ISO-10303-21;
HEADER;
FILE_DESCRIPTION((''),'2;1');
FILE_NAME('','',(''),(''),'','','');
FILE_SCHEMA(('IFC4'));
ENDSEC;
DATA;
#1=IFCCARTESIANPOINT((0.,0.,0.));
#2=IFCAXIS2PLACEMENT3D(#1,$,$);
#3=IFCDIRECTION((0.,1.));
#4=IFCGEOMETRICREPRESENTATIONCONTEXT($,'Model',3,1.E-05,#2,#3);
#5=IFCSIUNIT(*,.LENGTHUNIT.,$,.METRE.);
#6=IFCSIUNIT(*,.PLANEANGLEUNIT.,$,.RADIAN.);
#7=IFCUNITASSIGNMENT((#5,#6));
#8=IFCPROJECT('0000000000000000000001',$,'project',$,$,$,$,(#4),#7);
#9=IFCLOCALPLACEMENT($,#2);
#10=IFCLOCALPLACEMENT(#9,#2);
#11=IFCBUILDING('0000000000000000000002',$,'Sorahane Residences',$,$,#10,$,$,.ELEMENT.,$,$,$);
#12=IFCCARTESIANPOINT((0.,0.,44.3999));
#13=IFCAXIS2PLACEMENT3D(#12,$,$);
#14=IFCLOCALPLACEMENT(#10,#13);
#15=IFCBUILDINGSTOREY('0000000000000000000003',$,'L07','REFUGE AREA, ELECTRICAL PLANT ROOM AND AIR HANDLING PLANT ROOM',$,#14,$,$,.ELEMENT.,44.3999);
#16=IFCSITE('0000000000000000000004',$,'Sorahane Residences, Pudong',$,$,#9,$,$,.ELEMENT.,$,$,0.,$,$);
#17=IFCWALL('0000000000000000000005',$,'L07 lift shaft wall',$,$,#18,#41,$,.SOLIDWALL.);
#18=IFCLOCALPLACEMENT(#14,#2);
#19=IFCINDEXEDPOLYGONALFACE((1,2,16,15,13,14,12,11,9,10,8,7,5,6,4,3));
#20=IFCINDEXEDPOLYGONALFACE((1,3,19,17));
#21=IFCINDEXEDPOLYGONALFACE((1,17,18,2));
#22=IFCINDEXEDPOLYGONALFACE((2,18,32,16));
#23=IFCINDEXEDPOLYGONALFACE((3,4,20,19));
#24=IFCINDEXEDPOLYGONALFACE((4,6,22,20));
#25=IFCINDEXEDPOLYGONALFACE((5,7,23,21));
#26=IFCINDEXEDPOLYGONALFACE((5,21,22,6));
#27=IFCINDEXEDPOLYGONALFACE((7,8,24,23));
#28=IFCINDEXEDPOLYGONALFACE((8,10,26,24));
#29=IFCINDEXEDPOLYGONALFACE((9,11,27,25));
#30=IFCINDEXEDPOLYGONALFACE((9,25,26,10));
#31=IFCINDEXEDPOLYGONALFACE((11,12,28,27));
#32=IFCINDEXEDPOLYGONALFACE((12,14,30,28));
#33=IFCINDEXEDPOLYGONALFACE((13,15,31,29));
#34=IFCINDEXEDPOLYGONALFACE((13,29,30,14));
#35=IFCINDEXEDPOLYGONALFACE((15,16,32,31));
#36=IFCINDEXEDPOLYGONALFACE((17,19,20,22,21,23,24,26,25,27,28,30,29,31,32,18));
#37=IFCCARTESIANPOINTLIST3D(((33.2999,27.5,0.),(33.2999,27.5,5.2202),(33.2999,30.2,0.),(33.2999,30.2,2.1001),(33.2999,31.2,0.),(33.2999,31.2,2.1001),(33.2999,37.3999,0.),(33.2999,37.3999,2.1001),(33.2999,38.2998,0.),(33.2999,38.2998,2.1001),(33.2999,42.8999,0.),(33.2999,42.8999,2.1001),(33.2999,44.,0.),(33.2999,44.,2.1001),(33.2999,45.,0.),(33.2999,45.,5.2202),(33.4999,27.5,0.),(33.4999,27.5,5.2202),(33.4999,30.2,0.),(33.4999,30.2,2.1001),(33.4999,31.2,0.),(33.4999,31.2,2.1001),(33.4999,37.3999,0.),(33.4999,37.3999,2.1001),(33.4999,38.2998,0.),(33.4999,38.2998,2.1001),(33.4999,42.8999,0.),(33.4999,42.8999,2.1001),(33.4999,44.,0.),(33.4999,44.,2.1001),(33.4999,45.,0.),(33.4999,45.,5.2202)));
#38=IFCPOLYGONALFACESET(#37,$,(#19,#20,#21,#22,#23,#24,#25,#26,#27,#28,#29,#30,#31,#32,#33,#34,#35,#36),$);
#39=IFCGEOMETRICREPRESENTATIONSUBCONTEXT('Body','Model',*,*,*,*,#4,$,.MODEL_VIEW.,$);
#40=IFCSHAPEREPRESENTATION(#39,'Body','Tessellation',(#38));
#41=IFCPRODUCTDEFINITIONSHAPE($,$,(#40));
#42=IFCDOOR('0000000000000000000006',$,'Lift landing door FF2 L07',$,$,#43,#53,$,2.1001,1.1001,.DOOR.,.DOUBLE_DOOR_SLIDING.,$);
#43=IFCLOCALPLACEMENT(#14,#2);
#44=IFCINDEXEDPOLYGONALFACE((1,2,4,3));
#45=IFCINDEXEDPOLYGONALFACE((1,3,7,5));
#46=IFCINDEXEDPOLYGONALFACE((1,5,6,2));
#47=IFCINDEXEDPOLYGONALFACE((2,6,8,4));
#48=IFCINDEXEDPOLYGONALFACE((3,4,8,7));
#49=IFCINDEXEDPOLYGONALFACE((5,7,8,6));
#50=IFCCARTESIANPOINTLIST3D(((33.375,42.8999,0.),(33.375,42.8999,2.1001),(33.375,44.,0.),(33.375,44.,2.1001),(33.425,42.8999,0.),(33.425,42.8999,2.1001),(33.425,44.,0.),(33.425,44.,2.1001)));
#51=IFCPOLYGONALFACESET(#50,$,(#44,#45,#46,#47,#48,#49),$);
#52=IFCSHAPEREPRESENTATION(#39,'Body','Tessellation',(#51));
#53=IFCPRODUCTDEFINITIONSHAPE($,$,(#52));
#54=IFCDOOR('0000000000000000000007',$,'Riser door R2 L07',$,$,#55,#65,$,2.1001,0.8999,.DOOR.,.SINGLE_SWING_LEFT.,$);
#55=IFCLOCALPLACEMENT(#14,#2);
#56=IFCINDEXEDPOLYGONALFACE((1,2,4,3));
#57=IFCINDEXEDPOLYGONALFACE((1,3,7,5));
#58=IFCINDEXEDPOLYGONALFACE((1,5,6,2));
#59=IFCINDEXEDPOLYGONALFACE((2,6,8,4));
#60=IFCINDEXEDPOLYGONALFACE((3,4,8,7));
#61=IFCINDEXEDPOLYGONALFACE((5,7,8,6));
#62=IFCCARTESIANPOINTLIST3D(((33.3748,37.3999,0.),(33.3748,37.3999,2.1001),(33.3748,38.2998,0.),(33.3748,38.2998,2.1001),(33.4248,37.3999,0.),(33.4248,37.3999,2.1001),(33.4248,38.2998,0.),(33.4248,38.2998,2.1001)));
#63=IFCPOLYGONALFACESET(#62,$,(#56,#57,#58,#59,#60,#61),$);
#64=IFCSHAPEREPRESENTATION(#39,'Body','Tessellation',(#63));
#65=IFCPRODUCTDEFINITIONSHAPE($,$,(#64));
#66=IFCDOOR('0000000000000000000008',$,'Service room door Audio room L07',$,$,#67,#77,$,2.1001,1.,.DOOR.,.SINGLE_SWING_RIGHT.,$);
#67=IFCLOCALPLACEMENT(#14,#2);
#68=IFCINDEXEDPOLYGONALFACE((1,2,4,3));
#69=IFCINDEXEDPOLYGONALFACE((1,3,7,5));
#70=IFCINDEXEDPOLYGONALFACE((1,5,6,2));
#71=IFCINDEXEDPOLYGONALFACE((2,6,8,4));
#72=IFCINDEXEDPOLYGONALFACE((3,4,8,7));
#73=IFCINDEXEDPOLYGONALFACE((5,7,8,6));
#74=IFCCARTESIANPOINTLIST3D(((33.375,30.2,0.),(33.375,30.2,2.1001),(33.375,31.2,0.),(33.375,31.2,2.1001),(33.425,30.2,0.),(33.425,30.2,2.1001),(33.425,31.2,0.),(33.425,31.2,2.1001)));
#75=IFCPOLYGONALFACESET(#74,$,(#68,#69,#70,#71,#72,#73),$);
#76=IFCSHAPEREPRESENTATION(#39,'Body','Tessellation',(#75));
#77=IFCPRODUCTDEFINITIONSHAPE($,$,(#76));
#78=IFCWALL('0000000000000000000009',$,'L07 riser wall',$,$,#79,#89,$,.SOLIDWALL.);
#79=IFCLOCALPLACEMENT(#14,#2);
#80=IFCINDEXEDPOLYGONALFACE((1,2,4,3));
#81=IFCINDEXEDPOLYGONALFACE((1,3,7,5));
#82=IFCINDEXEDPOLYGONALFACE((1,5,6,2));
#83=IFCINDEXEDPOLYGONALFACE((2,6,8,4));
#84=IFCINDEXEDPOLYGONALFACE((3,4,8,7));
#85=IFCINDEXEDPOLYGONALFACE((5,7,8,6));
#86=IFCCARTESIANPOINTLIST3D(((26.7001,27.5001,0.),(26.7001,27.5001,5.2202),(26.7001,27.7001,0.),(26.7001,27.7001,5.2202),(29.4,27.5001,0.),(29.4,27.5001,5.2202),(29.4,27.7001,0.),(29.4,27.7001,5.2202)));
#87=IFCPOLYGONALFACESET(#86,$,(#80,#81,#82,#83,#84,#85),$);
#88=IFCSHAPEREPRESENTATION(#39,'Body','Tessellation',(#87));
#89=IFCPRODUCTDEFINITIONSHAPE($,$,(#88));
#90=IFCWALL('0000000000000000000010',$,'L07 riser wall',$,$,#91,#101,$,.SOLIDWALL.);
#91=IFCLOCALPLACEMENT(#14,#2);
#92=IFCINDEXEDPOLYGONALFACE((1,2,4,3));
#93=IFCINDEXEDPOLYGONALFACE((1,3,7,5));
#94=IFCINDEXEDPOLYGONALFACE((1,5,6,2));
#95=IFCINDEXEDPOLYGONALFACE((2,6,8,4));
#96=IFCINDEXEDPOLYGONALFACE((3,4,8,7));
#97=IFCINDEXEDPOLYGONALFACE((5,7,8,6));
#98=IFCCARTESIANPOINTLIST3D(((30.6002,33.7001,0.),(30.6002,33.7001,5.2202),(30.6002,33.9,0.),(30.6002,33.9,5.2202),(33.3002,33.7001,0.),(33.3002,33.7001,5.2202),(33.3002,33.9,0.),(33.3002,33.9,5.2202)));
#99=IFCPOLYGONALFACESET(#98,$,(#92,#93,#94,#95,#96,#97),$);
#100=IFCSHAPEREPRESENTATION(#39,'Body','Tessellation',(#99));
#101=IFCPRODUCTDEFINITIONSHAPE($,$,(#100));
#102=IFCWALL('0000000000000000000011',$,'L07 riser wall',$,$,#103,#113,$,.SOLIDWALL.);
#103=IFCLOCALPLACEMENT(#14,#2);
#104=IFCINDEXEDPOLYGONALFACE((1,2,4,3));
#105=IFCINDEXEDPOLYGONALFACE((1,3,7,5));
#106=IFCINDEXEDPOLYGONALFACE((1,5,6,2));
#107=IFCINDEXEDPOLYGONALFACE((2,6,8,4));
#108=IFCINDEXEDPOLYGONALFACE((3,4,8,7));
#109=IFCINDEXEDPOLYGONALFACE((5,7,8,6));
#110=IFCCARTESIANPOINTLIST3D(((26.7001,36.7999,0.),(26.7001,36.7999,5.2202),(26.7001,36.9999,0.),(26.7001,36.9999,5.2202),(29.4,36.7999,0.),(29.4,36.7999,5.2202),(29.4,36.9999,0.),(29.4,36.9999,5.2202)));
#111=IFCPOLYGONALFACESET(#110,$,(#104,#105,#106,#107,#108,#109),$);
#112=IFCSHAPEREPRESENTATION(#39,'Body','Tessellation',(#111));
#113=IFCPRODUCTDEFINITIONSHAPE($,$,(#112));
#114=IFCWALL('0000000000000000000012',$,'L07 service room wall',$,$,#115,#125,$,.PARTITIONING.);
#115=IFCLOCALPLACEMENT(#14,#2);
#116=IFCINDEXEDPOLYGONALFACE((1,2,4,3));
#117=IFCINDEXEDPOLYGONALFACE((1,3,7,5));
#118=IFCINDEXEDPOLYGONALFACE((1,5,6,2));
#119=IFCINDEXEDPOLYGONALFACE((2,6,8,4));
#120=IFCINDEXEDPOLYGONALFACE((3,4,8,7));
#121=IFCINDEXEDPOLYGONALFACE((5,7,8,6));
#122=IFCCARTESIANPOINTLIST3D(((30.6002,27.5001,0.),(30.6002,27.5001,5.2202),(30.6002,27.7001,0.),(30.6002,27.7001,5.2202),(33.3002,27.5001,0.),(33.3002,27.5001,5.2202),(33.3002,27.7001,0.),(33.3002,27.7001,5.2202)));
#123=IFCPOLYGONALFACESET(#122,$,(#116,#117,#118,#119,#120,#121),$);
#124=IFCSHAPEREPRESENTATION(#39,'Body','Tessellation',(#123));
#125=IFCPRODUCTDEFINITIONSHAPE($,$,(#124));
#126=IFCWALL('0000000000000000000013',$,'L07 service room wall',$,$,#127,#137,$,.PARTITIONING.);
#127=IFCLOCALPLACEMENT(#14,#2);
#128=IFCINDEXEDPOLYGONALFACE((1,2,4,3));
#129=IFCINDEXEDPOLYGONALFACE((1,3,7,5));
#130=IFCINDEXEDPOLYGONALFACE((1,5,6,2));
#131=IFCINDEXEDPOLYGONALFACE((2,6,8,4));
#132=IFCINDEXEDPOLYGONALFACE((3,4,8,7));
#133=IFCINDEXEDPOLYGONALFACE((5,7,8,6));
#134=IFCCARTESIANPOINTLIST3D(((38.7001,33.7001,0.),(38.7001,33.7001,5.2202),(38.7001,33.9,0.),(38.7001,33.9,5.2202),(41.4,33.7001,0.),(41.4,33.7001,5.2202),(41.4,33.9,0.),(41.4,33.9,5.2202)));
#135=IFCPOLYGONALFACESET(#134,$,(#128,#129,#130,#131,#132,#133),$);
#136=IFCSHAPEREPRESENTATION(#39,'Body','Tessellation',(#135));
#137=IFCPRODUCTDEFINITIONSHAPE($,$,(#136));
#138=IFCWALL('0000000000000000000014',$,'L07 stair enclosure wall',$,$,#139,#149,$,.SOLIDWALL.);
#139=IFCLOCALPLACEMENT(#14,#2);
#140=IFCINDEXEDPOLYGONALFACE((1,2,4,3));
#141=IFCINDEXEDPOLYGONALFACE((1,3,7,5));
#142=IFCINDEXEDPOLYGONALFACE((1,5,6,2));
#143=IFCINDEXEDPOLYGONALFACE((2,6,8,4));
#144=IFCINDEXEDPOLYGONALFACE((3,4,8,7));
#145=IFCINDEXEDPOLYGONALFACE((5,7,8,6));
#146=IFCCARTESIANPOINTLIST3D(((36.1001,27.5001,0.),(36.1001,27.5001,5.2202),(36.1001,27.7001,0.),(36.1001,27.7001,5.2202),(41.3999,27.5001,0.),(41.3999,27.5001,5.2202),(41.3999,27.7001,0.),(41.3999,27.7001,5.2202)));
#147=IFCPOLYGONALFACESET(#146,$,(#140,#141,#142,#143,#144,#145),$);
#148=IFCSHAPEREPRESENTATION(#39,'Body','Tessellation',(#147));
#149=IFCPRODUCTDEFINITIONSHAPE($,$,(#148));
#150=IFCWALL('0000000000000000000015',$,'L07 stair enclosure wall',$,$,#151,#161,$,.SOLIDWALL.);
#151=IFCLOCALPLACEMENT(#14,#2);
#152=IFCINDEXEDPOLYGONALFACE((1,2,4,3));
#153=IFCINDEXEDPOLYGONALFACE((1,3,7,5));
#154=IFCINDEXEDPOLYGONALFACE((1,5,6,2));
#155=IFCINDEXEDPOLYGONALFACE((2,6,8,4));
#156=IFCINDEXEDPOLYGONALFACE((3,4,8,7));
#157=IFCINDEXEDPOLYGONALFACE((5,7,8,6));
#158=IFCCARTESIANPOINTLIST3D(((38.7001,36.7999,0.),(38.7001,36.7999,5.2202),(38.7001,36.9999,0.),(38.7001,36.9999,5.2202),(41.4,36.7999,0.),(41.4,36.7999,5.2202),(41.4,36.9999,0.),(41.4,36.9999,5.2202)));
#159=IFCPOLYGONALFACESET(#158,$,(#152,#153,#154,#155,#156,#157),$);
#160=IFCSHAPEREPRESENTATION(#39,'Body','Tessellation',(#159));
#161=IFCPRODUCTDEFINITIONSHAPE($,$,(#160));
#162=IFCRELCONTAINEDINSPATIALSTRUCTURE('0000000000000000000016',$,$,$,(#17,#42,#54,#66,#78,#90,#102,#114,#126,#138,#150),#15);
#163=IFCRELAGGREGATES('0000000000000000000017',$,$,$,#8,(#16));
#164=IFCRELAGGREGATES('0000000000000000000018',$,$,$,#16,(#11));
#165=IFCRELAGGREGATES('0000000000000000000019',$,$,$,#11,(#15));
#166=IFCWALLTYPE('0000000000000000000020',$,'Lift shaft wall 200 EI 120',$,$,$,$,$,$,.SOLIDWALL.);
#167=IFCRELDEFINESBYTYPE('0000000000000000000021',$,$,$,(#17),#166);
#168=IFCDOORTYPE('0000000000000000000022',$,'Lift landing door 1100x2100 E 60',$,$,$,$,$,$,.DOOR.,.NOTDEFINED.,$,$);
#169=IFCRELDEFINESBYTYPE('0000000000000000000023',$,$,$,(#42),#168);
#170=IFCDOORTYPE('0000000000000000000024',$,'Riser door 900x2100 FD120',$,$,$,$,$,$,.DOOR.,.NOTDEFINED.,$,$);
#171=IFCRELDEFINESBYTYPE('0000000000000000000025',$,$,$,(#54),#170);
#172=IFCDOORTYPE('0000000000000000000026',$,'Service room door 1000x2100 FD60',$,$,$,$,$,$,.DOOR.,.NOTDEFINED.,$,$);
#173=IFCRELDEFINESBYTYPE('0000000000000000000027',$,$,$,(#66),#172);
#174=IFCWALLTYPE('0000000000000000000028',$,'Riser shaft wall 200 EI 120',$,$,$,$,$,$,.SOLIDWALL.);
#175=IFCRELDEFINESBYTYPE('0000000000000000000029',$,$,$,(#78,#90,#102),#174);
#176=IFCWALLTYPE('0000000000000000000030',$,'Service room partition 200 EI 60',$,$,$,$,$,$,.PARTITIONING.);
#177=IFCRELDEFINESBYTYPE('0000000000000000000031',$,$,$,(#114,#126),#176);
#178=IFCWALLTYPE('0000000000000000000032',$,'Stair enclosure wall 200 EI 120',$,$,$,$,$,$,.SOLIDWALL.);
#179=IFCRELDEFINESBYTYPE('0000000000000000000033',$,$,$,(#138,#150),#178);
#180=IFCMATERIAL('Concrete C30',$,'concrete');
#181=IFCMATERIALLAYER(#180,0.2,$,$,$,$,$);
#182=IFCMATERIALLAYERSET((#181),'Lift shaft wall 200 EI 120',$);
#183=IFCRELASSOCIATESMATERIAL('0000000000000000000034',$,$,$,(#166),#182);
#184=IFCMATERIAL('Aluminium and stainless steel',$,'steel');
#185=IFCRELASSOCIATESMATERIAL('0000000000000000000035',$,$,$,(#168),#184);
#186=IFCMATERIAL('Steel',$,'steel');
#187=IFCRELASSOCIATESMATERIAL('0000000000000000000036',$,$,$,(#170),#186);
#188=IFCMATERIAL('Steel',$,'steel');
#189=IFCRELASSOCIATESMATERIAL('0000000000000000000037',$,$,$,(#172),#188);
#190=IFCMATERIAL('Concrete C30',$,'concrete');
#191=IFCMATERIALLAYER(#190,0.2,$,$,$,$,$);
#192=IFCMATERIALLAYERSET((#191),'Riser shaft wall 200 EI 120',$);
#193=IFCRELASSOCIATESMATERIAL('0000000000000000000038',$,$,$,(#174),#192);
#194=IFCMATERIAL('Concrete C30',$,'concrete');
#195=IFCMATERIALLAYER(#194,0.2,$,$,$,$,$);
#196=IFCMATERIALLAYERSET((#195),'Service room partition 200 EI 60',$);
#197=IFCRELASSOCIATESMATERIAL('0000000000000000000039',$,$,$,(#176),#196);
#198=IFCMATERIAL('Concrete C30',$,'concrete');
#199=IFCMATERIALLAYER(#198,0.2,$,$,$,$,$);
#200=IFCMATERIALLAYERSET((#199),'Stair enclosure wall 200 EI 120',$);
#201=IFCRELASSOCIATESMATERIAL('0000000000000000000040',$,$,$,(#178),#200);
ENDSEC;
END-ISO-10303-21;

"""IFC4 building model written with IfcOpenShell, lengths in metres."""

from ifc_helpers import new_model, si_unit, direction, frame, frame_2d, origin, place, context, subcontext, project, spatial, rectangle, extrude, material, layer, layer_set, type_object, element, fill, save


model = new_model("IFC4")

# Units and contexts
model_context = context("Model", 3, precision=1e-05, world=origin(), true_north=direction((0.0, 1.0)))
body_context = subcontext(model_context, "Body", "Model", "MODEL_VIEW")
ifc_project = project(units=[si_unit("LENGTHUNIT", "METRE"), si_unit("PLANEANGLEUNIT", "RADIAN")], contexts=[model_context])

# Site, building, storey
site_placement = place(None, origin())
site = spatial("IfcSite", under=ifc_project, at=site_placement, Name="Sorahane Residences, Pudong", CompositionType="ELEMENT", RefElevation=0.0)
building_placement = place(site_placement, origin())
building = spatial("IfcBuilding", under=site, at=building_placement, Name="Sorahane Residences", CompositionType="ELEMENT")
storey_placement = place(building_placement, frame((0.0, 0.0, 44.3999)))
storey = spatial("IfcBuildingStorey", under=building, at=storey_placement, Name="L07", Description="REFUGE AREA, ELECTRICAL PLANT ROOM AND AIR HANDLING PLANT ROOM", CompositionType="ELEMENT", Elevation=44.3999)

# Wall, openings, doors
ifc_material_1 = material(Name="Concrete C30", Category="concrete")
ifc_layer_1 = layer(ifc_material_1, 0.2)
ifc_layer_set_1 = layer_set([ifc_layer_1], Name="Lift shaft wall 200 EI 120")
wall_type_1 = type_object("IfcWallType", Name="Lift shaft wall 200 EI 120", PredefinedType="SOLIDWALL", material=ifc_layer_set_1)
wall_1_placement = place(storey_placement, frame((33.3999, 27.5, 0.0), z_axis=(0.0, 0.0, 1.0), x_axis=(0.0, 1.0, 0.0)))
wall_1 = element("IfcWall", 1, at=wall_1_placement, inside=storey, type_object=wall_type_1, Name="L07 lift shaft wall", PredefinedType="SOLIDWALL", context=body_context, shape_type="SweptSolid", body=[
    extrude(rectangle(XDim=17.5, YDim=0.2, at=frame_2d((8.75, 0.0))), origin(), (0.0, 0.0, 1.0), 5.2202),
])
opening_1_placement = place(wall_1_placement, frame((15.3999, 0.0, 0.0)))
opening_1 = element("IfcOpeningElement", 2, at=opening_1_placement, cuts=wall_1, PredefinedType="OPENING", context=body_context, shape_type="SweptSolid", body=[
    extrude(rectangle(XDim=1.1001, YDim=2.1001, at=frame_2d((0.55, 1.05))), frame((0.0, 0.1099, 0.0), z_axis=(0.0, -1.0, 0.0), x_axis=(1.0, 0.0, 0.0)), (0.0, 0.0, 1.0), 0.22),
])
opening_2_placement = place(wall_1_placement, frame((2.7, 0.0, 0.0)))
opening_2 = element("IfcOpeningElement", 3, at=opening_2_placement, cuts=wall_1, PredefinedType="OPENING", context=body_context, shape_type="SweptSolid", body=[
    extrude(rectangle(XDim=1.0, YDim=2.1001, at=frame_2d((0.5, 1.05))), frame((0.0, 0.1099, 0.0), z_axis=(0.0, -1.0, 0.0), x_axis=(1.0, 0.0, 0.0)), (0.0, 0.0, 1.0), 0.22),
])
opening_3_placement = place(wall_1_placement, frame((9.8999, 0.0, 0.0)))
opening_3 = element("IfcOpeningElement", 4, at=opening_3_placement, cuts=wall_1, PredefinedType="OPENING", context=body_context, shape_type="SweptSolid", body=[
    extrude(rectangle(XDim=0.8999, YDim=2.1001, at=frame_2d((0.45, 1.05))), frame((0.0, 0.1099, 0.0), z_axis=(0.0, -1.0, 0.0), x_axis=(1.0, 0.0, 0.0)), (0.0, 0.0, 1.0), 0.22),
])
ifc_material_2 = material(Name="Aluminium and stainless steel", Category="steel")
door_type_1 = type_object("IfcDoorType", Name="Lift landing door 1100x2100 E 60", OperationType="NOTDEFINED", PredefinedType="DOOR", material=ifc_material_2)
door_1_placement = place(opening_1_placement, origin())
door_1 = element("IfcDoor", 5, at=door_1_placement, inside=storey, type_object=door_type_1, Name="Lift landing door FF2 L07", OperationType="DOUBLE_DOOR_SLIDING", OverallHeight=2.1001, OverallWidth=1.1001, PredefinedType="DOOR", context=body_context, shape_type="SweptSolid", body=[
    extrude(rectangle(XDim=1.1001, YDim=2.1001, at=frame_2d((0.55, 1.05))), frame((0.0, 0.0249, 0.0), z_axis=(0.0, -1.0, 0.0), x_axis=(1.0, 0.0, 0.0)), (0.0, 0.0, 1.0), 0.05),
])
fill(opening_1, door_1)
ifc_material_3 = material(Name="Steel", Category="steel")
door_type_2 = type_object("IfcDoorType", Name="Riser door 900x2100 FD120", OperationType="NOTDEFINED", PredefinedType="DOOR", material=ifc_material_3)
door_2_placement = place(opening_3_placement, frame((0.8999, 0.0, 0.0), z_axis=(0.0, 0.0, 1.0), x_axis=(-1.0, 0.0, 0.0)))
door_2 = element("IfcDoor", 6, at=door_2_placement, inside=storey, type_object=door_type_2, Name="Riser door R2 L07", OperationType="SINGLE_SWING_LEFT", OverallHeight=2.1001, OverallWidth=0.8999, PredefinedType="DOOR", context=body_context, shape_type="SweptSolid", body=[
    extrude(rectangle(XDim=0.8999, YDim=2.1001, at=frame_2d((0.45, 1.05))), frame((0.0, 0.0249, 0.0), z_axis=(0.0, -1.0, 0.0), x_axis=(1.0, 0.0, 0.0)), (0.0, 0.0, 1.0), 0.05),
])
fill(opening_3, door_2)
ifc_material_4 = material(Name="Steel", Category="steel")
door_type_3 = type_object("IfcDoorType", Name="Service room door 1000x2100 FD60", OperationType="NOTDEFINED", PredefinedType="DOOR", material=ifc_material_4)
door_3_placement = place(opening_2_placement, origin())
door_3 = element("IfcDoor", 7, at=door_3_placement, inside=storey, type_object=door_type_3, Name="Service room door Audio room L07", OperationType="SINGLE_SWING_RIGHT", OverallHeight=2.1001, OverallWidth=1.0, PredefinedType="DOOR", context=body_context, shape_type="SweptSolid", body=[
    extrude(rectangle(XDim=1.0, YDim=2.1001, at=frame_2d((0.5, 1.05))), frame((0.0, 0.0249, 0.0), z_axis=(0.0, -1.0, 0.0), x_axis=(1.0, 0.0, 0.0)), (0.0, 0.0, 1.0), 0.05),
])
fill(opening_2, door_3)

# Walls
ifc_material_5 = material(Name="Concrete C30", Category="concrete")
ifc_layer_2 = layer(ifc_material_5, 0.2)
ifc_layer_set_2 = layer_set([ifc_layer_2], Name="Riser shaft wall 200 EI 120")
wall_type_2 = type_object("IfcWallType", Name="Riser shaft wall 200 EI 120", PredefinedType="SOLIDWALL", material=ifc_layer_set_2)
for number, where, z_axis, x_axis, name in (
    (8, (26.7, 27.6001, 0.0), (0.0, 0.0, 1.0), (1.0, 0.0, 0.0), "L07 riser wall"),
    (9, (30.6001, 33.8, 0.0), (0.0, 0.0, 1.0), (1.0, 0.0, 0.0), "L07 riser wall"),
    (10, (26.7, 36.8999, 0.0), (0.0, 0.0, 1.0), (1.0, 0.0, 0.0), "L07 riser wall"),
):
    element("IfcWall", number, at=place(storey_placement, frame(where, z_axis=z_axis, x_axis=x_axis)), inside=storey, type_object=wall_type_2, Name=name, PredefinedType="SOLIDWALL", context=body_context, shape_type="SweptSolid", body=[
        extrude(rectangle(XDim=2.7, YDim=0.2, at=frame_2d((1.3501, 0.0))), origin(), (0.0, 0.0, 1.0), 5.2202),
    ])
ifc_material_6 = material(Name="Concrete C30", Category="concrete")
ifc_layer_3 = layer(ifc_material_6, 0.2)
ifc_layer_set_3 = layer_set([ifc_layer_3], Name="Service room partition 200 EI 60")
wall_type_3 = type_object("IfcWallType", Name="Service room partition 200 EI 60", PredefinedType="PARTITIONING", material=ifc_layer_set_3)
for number, where, z_axis, x_axis, name in (
    (11, (30.6001, 27.6001, 0.0), (0.0, 0.0, 1.0), (1.0, 0.0, 0.0), "L07 service room wall"),
    (12, (38.7, 33.8, 0.0), (0.0, 0.0, 1.0), (1.0, 0.0, 0.0), "L07 service room wall"),
):
    element("IfcWall", number, at=place(storey_placement, frame(where, z_axis=z_axis, x_axis=x_axis)), inside=storey, type_object=wall_type_3, Name=name, PredefinedType="PARTITIONING", context=body_context, shape_type="SweptSolid", body=[
        extrude(rectangle(XDim=2.7, YDim=0.2, at=frame_2d((1.3501, 0.0))), origin(), (0.0, 0.0, 1.0), 5.2202),
    ])
ifc_material_7 = material(Name="Concrete C30", Category="concrete")
ifc_layer_4 = layer(ifc_material_7, 0.2)
ifc_layer_set_4 = layer_set([ifc_layer_4], Name="Stair enclosure wall 200 EI 120")
wall_type_4 = type_object("IfcWallType", Name="Stair enclosure wall 200 EI 120", PredefinedType="SOLIDWALL", material=ifc_layer_set_4)
wall_2_placement = place(storey_placement, frame((36.1001, 27.6001, 0.0), z_axis=(0.0, 0.0, 1.0), x_axis=(1.0, 0.0, 0.0)))
element("IfcWall", 13, at=wall_2_placement, inside=storey, type_object=wall_type_4, Name="L07 stair enclosure wall", PredefinedType="SOLIDWALL", context=body_context, shape_type="SweptSolid", body=[
    extrude(rectangle(XDim=5.2998, YDim=0.2, at=frame_2d((2.6499, 0.0))), origin(), (0.0, 0.0, 1.0), 5.2202),
])
wall_3_placement = place(storey_placement, frame((38.7, 36.8999, 0.0), z_axis=(0.0, 0.0, 1.0), x_axis=(1.0, 0.0, 0.0)))
element("IfcWall", 14, at=wall_3_placement, inside=storey, type_object=wall_type_4, Name="L07 stair enclosure wall", PredefinedType="SOLIDWALL", context=body_context, shape_type="SweptSolid", body=[
    extrude(rectangle(XDim=2.7, YDim=0.2, at=frame_2d((1.3501, 0.0))), origin(), (0.0, 0.0, 1.0), 5.2202),
])

save(model, "model.ifc")
